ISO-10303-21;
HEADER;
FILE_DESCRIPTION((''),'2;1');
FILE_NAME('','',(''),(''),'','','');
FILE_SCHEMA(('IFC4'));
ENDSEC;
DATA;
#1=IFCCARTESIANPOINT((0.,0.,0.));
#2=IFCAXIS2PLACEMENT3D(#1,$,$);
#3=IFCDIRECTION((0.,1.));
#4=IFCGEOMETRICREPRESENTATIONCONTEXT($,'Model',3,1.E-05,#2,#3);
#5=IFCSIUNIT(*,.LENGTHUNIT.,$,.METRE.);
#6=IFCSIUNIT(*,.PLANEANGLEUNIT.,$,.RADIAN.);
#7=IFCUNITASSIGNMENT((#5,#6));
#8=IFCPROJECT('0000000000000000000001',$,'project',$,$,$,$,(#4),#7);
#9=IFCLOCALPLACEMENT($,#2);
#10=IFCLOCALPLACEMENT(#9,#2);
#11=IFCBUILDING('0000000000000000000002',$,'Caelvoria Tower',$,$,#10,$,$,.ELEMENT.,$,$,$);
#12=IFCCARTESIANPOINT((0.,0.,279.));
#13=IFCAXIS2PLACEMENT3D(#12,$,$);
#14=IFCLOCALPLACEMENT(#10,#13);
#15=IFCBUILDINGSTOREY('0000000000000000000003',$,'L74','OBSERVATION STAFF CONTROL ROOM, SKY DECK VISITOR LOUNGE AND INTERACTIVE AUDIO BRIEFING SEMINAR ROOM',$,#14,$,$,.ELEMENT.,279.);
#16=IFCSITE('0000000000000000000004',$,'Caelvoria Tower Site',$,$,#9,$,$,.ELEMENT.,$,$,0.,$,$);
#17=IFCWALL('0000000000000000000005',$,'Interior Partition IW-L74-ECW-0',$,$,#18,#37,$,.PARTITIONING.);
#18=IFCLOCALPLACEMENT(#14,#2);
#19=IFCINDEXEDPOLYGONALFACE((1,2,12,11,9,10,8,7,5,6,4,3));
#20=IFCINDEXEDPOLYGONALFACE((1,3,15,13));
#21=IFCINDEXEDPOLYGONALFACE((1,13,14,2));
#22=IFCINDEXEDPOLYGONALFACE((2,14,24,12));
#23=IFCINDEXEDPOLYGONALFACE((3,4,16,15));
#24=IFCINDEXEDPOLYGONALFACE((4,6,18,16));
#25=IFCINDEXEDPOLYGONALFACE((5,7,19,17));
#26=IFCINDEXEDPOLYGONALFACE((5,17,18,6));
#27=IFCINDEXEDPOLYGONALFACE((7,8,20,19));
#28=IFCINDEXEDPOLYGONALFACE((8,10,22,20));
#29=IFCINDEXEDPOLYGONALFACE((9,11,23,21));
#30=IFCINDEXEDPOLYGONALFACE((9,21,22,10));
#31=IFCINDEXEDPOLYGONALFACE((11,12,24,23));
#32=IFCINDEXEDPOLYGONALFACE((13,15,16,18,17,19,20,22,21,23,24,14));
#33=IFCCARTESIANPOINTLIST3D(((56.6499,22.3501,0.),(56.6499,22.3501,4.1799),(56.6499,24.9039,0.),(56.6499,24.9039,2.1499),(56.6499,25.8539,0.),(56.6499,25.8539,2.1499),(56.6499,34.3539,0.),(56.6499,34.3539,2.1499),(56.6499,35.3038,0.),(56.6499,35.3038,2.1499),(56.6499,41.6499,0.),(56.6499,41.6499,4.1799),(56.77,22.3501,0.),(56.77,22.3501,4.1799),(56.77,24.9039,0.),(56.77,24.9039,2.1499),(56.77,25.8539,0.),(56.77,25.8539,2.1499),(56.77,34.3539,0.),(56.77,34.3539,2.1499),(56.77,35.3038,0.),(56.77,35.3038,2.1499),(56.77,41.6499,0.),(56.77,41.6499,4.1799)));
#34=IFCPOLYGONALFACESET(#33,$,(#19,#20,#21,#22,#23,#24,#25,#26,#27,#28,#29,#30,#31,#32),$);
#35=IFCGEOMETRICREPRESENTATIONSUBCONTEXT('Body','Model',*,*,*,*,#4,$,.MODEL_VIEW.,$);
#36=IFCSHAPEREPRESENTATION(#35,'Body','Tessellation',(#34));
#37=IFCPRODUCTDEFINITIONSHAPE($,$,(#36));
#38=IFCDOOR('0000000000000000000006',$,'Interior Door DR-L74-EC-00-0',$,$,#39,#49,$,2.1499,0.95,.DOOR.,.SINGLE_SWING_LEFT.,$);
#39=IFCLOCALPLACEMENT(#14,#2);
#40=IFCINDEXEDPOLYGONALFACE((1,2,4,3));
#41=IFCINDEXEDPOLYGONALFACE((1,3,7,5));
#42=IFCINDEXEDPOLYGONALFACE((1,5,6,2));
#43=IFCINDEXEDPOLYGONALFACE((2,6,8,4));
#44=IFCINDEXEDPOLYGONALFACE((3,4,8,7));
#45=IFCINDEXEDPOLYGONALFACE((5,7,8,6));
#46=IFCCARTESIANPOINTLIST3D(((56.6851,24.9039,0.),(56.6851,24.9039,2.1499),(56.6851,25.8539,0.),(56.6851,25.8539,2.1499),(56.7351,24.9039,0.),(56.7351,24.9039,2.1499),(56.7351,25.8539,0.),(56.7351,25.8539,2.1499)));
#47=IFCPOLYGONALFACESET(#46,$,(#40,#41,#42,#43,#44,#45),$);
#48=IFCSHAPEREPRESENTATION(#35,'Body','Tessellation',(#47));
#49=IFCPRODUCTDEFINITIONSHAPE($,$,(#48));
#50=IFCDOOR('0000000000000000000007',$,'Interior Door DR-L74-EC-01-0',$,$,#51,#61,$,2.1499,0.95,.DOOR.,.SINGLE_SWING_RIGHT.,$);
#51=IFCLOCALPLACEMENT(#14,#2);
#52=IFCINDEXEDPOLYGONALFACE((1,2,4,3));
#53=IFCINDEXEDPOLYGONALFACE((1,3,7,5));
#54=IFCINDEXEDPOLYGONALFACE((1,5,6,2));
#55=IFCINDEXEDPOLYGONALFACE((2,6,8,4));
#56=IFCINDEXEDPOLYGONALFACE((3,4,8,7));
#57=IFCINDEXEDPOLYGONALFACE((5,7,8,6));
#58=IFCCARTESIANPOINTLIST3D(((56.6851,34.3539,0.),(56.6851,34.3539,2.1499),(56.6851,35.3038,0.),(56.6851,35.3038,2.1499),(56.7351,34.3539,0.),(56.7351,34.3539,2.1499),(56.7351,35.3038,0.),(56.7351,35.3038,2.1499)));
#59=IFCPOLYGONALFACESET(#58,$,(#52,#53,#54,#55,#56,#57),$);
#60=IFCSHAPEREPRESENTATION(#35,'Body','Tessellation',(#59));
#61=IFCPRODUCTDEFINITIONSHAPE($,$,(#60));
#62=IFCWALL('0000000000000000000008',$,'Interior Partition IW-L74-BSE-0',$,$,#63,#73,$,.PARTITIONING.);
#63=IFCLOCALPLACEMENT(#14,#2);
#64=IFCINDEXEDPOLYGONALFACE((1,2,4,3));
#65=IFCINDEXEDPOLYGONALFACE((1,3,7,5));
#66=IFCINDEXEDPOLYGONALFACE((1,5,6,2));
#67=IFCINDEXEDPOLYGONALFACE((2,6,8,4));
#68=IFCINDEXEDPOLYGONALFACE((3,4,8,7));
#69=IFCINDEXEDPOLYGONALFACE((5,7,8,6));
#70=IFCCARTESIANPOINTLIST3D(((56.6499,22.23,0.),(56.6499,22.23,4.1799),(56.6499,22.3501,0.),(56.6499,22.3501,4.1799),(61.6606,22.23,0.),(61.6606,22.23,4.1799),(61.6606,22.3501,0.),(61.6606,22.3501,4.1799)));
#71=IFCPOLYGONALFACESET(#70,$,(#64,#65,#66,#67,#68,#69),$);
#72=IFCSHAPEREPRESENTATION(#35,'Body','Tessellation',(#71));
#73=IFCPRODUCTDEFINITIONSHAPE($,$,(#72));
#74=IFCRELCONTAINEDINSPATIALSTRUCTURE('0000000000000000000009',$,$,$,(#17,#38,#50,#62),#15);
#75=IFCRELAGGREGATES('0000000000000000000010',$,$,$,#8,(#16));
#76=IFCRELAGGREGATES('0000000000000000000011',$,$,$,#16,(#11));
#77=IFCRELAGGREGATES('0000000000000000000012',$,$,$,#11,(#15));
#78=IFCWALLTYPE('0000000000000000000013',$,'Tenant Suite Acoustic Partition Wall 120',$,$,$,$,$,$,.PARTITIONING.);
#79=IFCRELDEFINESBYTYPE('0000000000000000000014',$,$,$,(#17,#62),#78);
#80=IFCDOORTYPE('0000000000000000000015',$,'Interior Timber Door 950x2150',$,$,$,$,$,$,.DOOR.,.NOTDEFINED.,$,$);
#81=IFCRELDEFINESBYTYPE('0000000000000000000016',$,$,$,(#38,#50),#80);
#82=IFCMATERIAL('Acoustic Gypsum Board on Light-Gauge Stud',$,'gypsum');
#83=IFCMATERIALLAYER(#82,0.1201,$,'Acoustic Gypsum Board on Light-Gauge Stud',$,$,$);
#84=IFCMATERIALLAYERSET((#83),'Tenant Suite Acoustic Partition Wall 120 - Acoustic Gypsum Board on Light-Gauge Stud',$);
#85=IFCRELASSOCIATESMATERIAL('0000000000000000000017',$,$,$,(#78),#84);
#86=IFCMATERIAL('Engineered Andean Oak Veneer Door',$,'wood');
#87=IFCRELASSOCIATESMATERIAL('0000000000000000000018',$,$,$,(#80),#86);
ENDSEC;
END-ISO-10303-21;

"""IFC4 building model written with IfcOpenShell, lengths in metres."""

from ifc_helpers import new_model, si_unit, direction, frame, frame_2d, origin, place, context, subcontext, project, spatial, rectangle, extrude, material, layer, layer_set, type_object, element, fill, save


model = new_model("IFC4")

# Units and contexts
model_context = context("Model", 3, precision=1e-05, world=origin(), true_north=direction((0.0, 1.0)))
body_context = subcontext(model_context, "Body", "Model", "MODEL_VIEW")
ifc_project = project(units=[si_unit("LENGTHUNIT", "METRE"), si_unit("PLANEANGLEUNIT", "RADIAN")], contexts=[model_context])

# Site, building, storey
site_placement = place(None, origin())
site = spatial("IfcSite", under=ifc_project, at=site_placement, Name="Caelvoria Tower Site", CompositionType="ELEMENT", RefElevation=0.0)
building_placement = place(site_placement, origin())
building = spatial("IfcBuilding", under=site, at=building_placement, Name="Caelvoria Tower", CompositionType="ELEMENT")
storey_placement = place(building_placement, frame((0.0, 0.0, 279.0)))
storey = spatial("IfcBuildingStorey", under=building, at=storey_placement, Name="L74", Description="OBSERVATION STAFF CONTROL ROOM, SKY DECK VISITOR LOUNGE AND INTERACTIVE AUDIO BRIEFING SEMINAR ROOM", CompositionType="ELEMENT", Elevation=279.0)

# Shared definitions
ifc_material_1 = material(Name="Acoustic Gypsum Board on Light-Gauge Stud", Category="gypsum")
ifc_layer_1 = layer(ifc_material_1, 0.1201, Name="Acoustic Gypsum Board on Light-Gauge Stud")
ifc_layer_set_1 = layer_set([ifc_layer_1], Name="Tenant Suite Acoustic Partition Wall 120 - Acoustic Gypsum Board on Light-Gauge Stud")
wall_type_1 = type_object("IfcWallType", Name="Tenant Suite Acoustic Partition Wall 120", PredefinedType="PARTITIONING", material=ifc_layer_set_1)
ifc_material_2 = material(Name="Engineered Andean Oak Veneer Door", Category="wood")

# Wall, openings, doors
wall_1_placement = place(storey_placement, frame((56.71, 22.3501, 0.0), z_axis=(0.0, 0.0, 1.0), x_axis=(0.0, 1.0, 0.0)))
wall_1 = element("IfcWall", 1, at=wall_1_placement, inside=storey, type_object=wall_type_1, Name="Interior Partition IW-L74-ECW-0", PredefinedType="PARTITIONING", context=body_context, shape_type="SweptSolid", body=[
    extrude(rectangle(XDim=19.2998, YDim=0.1201, at=frame_2d((9.6499, 0.0))), origin(), (0.0, 0.0, 1.0), 4.1799),
])
opening_1_placement = place(wall_1_placement, frame((2.5537, 0.0, 0.0)))
opening_1 = element("IfcOpeningElement", 2, at=opening_1_placement, cuts=wall_1, PredefinedType="OPENING", context=body_context, shape_type="SweptSolid", body=[
    extrude(rectangle(XDim=0.95, YDim=2.1499, at=frame_2d((0.4751, 1.075))), frame((0.0, 0.0701, 0.0), z_axis=(0.0, -1.0, 0.0), x_axis=(1.0, 0.0, 0.0)), (0.0, 0.0, 1.0), 0.1401),
])
opening_2_placement = place(wall_1_placement, frame((12.0037, 0.0, 0.0)))
opening_2 = element("IfcOpeningElement", 3, at=opening_2_placement, cuts=wall_1, PredefinedType="OPENING", context=body_context, shape_type="SweptSolid", body=[
    extrude(rectangle(XDim=0.95, YDim=2.1499, at=frame_2d((0.4751, 1.075))), frame((0.0, 0.0701, 0.0), z_axis=(0.0, -1.0, 0.0), x_axis=(1.0, 0.0, 0.0)), (0.0, 0.0, 1.0), 0.1401),
])
door_type_1 = type_object("IfcDoorType", Name="Interior Timber Door 950x2150", OperationType="NOTDEFINED", PredefinedType="DOOR", material=ifc_material_2)
door_1_placement = place(opening_1_placement, origin())
door_1 = element("IfcDoor", 4, at=door_1_placement, inside=storey, type_object=door_type_1, Name="Interior Door DR-L74-EC-00-0", OperationType="SINGLE_SWING_LEFT", OverallHeight=2.1499, OverallWidth=0.95, PredefinedType="DOOR", context=body_context, shape_type="SweptSolid", body=[
    extrude(rectangle(XDim=0.95, YDim=2.1499, at=frame_2d((0.4751, 1.075))), frame((0.0, 0.0249, 0.0), z_axis=(0.0, -1.0, 0.0), x_axis=(1.0, 0.0, 0.0)), (0.0, 0.0, 1.0), 0.05),
])
fill(opening_1, door_1)
door_2_placement = place(opening_2_placement, origin())
door_2 = element("IfcDoor", 5, at=door_2_placement, inside=storey, type_object=door_type_1, Name="Interior Door DR-L74-EC-01-0", OperationType="SINGLE_SWING_RIGHT", OverallHeight=2.1499, OverallWidth=0.95, PredefinedType="DOOR", context=body_context, shape_type="SweptSolid", body=[
    extrude(rectangle(XDim=0.95, YDim=2.1499, at=frame_2d((0.4751, 1.075))), frame((0.0, 0.0249, 0.0), z_axis=(0.0, -1.0, 0.0), x_axis=(1.0, 0.0, 0.0)), (0.0, 0.0, 1.0), 0.05),
])
fill(opening_2, door_2)

# Wall
wall_2_placement = place(storey_placement, frame((56.6499, 22.29, 0.0), z_axis=(0.0, 0.0, 1.0), x_axis=(1.0, 0.0, 0.0)))
element("IfcWall", 6, at=wall_2_placement, inside=storey, type_object=wall_type_1, Name="Interior Partition IW-L74-BSE-0", PredefinedType="PARTITIONING", context=body_context, shape_type="SweptSolid", body=[
    extrude(rectangle(XDim=5.0107, YDim=0.1201, at=frame_2d((2.5054, 0.0))), origin(), (0.0, 0.0, 1.0), 4.1799),
])

save(model, "model.ifc")
